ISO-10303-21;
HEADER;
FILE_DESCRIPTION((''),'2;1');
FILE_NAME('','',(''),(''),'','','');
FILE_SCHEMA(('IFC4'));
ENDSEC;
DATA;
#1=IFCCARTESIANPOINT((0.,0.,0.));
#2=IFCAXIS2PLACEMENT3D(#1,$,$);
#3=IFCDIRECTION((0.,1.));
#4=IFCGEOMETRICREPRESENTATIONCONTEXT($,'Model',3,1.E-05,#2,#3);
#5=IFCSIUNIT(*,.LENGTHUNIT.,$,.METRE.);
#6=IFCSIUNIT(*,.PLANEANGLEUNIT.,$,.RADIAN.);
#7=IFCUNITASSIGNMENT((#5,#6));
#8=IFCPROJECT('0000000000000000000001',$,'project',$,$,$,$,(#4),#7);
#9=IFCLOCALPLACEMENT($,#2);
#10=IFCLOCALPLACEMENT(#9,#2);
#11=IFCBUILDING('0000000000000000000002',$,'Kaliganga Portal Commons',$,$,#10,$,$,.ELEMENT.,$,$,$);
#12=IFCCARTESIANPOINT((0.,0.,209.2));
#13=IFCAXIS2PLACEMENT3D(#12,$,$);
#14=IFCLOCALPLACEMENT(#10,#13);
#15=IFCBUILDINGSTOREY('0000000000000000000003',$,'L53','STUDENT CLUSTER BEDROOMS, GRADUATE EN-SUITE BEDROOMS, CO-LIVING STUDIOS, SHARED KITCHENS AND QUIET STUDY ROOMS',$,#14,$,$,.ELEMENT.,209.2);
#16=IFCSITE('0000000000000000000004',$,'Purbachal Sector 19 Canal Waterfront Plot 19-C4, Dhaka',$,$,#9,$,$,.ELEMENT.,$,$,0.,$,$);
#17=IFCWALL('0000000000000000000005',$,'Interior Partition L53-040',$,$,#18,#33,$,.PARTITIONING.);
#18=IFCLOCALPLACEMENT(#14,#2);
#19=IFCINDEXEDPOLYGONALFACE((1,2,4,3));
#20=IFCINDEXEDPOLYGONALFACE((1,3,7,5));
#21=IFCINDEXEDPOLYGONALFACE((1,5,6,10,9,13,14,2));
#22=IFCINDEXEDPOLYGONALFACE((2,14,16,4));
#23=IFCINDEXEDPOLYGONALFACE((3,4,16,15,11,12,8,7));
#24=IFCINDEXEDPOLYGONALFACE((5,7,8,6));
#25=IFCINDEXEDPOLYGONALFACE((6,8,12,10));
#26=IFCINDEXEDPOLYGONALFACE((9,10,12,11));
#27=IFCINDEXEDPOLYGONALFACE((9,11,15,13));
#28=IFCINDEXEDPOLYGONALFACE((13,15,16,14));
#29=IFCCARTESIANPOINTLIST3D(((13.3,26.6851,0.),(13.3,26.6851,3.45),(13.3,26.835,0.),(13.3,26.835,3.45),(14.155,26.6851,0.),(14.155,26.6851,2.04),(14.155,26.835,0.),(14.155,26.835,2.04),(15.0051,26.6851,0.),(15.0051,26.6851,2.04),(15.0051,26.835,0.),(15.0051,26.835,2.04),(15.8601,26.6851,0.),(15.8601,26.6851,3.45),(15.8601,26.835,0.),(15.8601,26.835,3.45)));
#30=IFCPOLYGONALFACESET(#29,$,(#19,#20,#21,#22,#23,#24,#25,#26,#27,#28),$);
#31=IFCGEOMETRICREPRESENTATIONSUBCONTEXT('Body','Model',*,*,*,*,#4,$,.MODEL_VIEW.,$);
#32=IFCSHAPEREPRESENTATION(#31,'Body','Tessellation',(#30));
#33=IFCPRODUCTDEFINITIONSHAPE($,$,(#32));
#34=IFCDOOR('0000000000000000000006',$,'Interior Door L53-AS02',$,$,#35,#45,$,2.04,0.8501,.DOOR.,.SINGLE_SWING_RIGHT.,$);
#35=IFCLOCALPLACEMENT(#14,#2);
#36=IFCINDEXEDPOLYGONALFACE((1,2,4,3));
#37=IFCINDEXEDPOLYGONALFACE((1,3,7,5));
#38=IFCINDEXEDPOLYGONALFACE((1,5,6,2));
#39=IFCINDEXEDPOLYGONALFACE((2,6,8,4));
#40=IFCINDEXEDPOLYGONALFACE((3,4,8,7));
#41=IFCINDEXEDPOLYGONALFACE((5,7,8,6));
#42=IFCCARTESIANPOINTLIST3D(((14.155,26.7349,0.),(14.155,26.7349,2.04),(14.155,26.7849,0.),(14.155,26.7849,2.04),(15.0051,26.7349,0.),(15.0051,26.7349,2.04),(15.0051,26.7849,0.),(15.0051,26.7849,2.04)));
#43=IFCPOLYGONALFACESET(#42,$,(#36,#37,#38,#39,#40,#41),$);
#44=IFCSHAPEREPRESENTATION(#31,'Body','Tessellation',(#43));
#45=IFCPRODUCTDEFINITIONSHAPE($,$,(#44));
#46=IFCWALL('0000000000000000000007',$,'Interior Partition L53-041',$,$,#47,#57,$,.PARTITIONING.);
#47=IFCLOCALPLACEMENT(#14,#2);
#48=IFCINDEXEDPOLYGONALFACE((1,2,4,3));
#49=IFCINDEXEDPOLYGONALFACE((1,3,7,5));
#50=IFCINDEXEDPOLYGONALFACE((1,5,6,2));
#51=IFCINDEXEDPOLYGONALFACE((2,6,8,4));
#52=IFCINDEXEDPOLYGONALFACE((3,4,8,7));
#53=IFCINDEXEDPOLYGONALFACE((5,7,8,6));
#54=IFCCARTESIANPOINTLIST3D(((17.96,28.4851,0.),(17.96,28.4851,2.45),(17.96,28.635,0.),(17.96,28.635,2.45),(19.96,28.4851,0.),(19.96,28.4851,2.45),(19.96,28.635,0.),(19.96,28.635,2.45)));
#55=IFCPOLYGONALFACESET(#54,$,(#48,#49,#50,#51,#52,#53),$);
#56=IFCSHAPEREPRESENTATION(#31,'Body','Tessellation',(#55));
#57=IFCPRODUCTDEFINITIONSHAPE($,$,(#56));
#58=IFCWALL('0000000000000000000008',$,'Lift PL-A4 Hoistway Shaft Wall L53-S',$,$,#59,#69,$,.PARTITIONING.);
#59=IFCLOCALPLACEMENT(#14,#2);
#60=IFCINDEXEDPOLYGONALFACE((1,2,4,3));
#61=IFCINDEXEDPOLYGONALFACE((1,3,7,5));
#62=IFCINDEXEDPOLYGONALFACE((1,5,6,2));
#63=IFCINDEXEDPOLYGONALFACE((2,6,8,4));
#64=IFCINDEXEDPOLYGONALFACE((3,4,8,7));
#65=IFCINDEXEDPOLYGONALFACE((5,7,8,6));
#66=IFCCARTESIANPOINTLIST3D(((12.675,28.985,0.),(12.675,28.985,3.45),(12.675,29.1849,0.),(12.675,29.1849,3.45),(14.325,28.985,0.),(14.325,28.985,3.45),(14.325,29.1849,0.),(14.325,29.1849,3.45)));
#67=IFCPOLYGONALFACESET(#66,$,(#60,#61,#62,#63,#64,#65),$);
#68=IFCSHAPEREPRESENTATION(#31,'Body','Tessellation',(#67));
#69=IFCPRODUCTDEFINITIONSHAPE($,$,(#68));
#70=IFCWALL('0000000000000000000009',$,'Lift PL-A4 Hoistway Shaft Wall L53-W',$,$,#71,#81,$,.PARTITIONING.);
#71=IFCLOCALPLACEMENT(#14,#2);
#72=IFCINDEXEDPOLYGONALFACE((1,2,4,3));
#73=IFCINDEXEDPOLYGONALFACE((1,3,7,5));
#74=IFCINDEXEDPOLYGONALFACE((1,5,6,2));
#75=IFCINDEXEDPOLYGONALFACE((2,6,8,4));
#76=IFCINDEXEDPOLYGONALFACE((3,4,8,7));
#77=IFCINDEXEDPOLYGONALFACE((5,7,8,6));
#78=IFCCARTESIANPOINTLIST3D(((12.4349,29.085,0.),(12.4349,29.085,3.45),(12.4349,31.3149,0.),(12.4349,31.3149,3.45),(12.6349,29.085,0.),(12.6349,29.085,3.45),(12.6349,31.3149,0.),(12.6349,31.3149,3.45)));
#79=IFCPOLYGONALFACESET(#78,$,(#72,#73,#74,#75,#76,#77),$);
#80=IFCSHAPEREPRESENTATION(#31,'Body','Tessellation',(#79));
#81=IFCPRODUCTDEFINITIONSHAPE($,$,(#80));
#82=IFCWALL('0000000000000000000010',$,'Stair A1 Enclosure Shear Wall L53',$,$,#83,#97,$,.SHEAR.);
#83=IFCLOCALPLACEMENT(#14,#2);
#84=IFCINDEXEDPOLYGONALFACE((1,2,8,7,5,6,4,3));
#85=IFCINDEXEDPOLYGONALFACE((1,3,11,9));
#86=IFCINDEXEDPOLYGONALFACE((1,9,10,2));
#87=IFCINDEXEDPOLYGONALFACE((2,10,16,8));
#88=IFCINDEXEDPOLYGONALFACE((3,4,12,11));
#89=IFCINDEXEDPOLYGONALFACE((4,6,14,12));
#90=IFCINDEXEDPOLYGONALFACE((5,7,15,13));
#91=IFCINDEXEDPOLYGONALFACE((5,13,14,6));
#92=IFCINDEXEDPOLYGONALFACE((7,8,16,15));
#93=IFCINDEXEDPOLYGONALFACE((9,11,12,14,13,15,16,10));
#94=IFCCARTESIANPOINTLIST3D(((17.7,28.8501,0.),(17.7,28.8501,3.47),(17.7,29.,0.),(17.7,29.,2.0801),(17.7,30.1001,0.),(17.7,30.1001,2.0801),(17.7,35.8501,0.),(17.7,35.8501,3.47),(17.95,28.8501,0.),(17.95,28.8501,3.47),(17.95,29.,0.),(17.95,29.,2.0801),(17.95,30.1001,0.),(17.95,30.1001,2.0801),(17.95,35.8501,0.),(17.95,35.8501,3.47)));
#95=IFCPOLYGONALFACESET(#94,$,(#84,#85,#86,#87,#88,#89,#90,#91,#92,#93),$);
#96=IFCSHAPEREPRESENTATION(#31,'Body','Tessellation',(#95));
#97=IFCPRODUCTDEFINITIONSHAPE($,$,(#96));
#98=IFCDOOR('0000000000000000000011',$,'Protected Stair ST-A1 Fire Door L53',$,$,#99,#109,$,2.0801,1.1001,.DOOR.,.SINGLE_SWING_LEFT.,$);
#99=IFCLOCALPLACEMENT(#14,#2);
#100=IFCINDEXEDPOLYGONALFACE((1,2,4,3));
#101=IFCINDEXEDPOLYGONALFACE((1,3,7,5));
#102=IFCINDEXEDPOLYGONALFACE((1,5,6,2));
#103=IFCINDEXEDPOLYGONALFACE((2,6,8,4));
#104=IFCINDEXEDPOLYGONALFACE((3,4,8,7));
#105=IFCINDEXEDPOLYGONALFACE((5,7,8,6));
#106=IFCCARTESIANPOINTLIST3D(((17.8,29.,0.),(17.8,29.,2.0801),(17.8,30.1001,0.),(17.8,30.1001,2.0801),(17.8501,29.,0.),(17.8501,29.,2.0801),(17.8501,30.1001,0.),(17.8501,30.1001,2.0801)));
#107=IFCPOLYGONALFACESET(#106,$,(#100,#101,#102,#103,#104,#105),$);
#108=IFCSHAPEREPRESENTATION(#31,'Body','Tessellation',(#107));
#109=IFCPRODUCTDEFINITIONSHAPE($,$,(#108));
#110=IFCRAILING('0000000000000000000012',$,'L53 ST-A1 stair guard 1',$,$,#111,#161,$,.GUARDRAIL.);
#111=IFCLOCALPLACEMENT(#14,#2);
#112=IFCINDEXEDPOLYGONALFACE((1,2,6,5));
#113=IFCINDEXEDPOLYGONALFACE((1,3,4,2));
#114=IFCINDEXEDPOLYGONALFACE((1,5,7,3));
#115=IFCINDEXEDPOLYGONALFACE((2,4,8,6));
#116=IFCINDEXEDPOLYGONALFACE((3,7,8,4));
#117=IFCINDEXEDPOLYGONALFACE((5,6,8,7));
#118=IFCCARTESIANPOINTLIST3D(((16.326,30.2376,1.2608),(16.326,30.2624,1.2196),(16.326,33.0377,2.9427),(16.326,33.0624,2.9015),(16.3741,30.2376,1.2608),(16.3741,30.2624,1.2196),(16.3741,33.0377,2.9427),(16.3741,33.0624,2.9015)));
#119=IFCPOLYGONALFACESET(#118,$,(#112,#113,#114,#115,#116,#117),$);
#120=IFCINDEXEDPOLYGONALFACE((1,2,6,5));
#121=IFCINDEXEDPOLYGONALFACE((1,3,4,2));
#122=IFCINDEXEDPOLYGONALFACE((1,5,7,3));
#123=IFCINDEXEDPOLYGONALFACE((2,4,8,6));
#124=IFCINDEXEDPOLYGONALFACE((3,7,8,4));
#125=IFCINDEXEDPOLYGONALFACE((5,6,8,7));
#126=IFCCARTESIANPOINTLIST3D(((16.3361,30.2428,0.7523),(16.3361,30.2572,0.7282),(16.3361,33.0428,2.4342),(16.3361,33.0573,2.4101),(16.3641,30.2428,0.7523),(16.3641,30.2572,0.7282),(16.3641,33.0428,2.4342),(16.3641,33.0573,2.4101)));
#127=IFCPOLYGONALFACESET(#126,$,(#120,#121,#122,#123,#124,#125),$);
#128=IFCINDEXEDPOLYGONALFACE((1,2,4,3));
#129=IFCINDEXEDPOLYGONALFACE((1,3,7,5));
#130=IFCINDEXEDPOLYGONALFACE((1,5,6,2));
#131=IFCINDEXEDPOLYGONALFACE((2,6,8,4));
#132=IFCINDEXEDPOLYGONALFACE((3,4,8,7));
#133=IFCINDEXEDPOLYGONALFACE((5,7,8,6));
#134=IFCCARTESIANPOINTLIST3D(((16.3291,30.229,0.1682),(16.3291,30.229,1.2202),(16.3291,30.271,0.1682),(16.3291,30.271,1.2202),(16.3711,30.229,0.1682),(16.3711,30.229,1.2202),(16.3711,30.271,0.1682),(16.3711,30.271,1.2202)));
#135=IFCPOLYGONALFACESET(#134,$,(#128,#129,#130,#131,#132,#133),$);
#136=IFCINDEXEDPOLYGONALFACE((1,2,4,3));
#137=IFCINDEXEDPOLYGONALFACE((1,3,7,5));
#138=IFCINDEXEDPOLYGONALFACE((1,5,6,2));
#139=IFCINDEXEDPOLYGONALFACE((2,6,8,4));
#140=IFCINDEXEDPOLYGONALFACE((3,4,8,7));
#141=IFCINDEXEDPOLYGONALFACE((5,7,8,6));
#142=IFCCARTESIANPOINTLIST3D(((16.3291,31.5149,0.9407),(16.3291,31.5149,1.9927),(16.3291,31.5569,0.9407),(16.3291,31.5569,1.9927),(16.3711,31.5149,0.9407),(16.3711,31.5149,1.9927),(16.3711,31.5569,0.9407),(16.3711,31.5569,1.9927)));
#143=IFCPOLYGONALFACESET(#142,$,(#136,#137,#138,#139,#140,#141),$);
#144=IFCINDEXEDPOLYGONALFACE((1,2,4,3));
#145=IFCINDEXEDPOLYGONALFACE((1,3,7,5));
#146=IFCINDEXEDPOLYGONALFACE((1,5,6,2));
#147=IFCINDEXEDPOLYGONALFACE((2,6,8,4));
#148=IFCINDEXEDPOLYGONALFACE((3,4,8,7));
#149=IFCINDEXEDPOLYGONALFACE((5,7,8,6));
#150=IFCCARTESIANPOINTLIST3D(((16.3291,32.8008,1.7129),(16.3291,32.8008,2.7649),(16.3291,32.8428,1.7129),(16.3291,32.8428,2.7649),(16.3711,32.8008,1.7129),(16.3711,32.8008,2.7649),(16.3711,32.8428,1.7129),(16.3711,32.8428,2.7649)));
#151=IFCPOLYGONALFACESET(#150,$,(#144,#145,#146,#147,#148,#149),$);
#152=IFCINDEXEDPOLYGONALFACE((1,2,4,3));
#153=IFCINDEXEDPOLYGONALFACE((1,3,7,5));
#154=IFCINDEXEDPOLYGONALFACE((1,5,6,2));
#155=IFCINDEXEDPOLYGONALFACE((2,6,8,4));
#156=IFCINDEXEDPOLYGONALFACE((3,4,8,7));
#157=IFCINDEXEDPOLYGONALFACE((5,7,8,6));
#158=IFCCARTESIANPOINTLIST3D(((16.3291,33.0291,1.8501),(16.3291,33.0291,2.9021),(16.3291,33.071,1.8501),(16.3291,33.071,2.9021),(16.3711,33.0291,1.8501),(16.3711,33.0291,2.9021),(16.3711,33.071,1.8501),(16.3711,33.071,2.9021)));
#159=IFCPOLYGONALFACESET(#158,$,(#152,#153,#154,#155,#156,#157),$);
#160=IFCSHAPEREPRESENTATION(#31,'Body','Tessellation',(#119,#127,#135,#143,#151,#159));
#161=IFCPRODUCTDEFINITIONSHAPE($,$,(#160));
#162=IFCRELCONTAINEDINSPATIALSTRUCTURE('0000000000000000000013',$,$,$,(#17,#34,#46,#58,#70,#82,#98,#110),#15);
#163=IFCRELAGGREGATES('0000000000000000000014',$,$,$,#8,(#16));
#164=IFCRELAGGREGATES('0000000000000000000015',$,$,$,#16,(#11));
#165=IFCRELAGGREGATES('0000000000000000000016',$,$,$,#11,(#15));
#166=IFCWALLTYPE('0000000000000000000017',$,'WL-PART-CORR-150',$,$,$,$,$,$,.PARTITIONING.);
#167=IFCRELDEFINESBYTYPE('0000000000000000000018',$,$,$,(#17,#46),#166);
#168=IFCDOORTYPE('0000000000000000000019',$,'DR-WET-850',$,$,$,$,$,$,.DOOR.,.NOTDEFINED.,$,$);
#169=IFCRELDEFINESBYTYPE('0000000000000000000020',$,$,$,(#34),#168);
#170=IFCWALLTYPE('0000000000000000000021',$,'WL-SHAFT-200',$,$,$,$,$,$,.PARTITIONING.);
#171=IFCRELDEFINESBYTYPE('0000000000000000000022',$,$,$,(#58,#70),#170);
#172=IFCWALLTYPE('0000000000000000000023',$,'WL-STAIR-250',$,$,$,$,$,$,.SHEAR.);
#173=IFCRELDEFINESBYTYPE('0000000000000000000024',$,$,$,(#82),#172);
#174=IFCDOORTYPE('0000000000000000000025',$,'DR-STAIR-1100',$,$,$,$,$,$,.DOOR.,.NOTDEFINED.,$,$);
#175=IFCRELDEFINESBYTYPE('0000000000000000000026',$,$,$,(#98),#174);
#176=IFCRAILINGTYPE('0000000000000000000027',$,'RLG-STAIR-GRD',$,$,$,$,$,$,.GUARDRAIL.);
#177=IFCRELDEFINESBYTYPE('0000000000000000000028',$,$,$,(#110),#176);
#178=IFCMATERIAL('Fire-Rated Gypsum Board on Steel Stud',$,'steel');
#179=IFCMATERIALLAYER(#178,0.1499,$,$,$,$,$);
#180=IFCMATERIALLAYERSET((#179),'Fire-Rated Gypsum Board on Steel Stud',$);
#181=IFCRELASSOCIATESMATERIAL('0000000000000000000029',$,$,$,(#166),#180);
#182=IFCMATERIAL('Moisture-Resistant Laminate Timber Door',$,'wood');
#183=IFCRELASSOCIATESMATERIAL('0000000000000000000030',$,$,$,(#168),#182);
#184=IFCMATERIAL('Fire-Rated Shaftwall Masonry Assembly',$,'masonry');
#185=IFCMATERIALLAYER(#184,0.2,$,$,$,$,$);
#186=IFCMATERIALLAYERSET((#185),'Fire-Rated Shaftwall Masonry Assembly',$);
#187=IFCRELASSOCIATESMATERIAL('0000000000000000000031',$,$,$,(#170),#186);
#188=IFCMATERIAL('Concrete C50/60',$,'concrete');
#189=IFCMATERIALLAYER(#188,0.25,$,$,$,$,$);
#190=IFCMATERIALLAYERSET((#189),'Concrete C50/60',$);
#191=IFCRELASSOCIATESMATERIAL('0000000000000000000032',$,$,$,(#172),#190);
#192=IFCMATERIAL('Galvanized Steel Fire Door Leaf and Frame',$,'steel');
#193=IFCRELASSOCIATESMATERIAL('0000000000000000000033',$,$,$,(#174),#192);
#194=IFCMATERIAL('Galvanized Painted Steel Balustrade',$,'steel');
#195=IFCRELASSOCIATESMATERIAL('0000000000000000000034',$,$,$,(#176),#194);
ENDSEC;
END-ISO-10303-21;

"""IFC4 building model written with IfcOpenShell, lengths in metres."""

from ifc_helpers import new_model, si_unit, direction, frame, frame_2d, origin, origin_2d, place, context, subcontext, project, spatial, rectangle, extrude, material, layer, layer_set, type_object, element, fill, save


model = new_model("IFC4")

# Units and contexts
model_context = context("Model", 3, precision=1e-05, world=origin(), true_north=direction((0.0, 1.0)))
body_context = subcontext(model_context, "Body", "Model", "MODEL_VIEW")
ifc_project = project(units=[si_unit("LENGTHUNIT", "METRE"), si_unit("PLANEANGLEUNIT", "RADIAN")], contexts=[model_context])

# Site, building, storey
site_placement = place(None, origin())
site = spatial("IfcSite", under=ifc_project, at=site_placement, Name="Purbachal Sector 19 Canal Waterfront Plot 19-C4, Dhaka", CompositionType="ELEMENT", RefElevation=0.0)
building_placement = place(site_placement, origin())
building = spatial("IfcBuilding", under=site, at=building_placement, Name="Kaliganga Portal Commons", CompositionType="ELEMENT")
storey_placement = place(building_placement, frame((0.0, 0.0, 209.2)))
storey = spatial("IfcBuildingStorey", under=building, at=storey_placement, Name="L53", Description="STUDENT CLUSTER BEDROOMS, GRADUATE EN-SUITE BEDROOMS, CO-LIVING STUDIOS, SHARED KITCHENS AND QUIET STUDY ROOMS", CompositionType="ELEMENT", Elevation=209.2)

# Shared definitions
ifc_material_1 = material(Name="Concrete C50/60", Category="concrete")

# Wall, opening, door
ifc_material_2 = material(Name="Fire-Rated Gypsum Board on Steel Stud", Category="steel")
ifc_layer_1 = layer(ifc_material_2, 0.1499)
ifc_layer_set_1 = layer_set([ifc_layer_1], Name="Fire-Rated Gypsum Board on Steel Stud")
wall_type_1 = type_object("IfcWallType", Name="WL-PART-CORR-150", PredefinedType="PARTITIONING", material=ifc_layer_set_1)
wall_1_placement = place(storey_placement, frame((13.3, 26.76, 0.0), z_axis=(0.0, 0.0, 1.0), x_axis=(1.0, 0.0, 0.0)))
wall_1 = element("IfcWall", 1, at=wall_1_placement, inside=storey, type_object=wall_type_1, Name="Interior Partition L53-040", PredefinedType="PARTITIONING", context=body_context, shape_type="SweptSolid", body=[
    extrude(rectangle(XDim=2.5601, YDim=0.1499, at=frame_2d((1.28, 0.0))), origin(), (0.0, 0.0, 1.0), 3.45),
])
opening_1_placement = place(wall_1_placement, frame((0.855, 0.0, 0.0)))
opening_1 = element("IfcOpeningElement", 2, at=opening_1_placement, cuts=wall_1, PredefinedType="OPENING", context=body_context, shape_type="SweptSolid", body=[
    extrude(rectangle(XDim=0.8501, YDim=2.04, at=frame_2d((0.425, 1.02))), frame((0.0, 0.085, 0.0), z_axis=(0.0, -1.0, 0.0), x_axis=(1.0, 0.0, 0.0)), (0.0, 0.0, 1.0), 0.1699),
])
ifc_material_3 = material(Name="Moisture-Resistant Laminate Timber Door", Category="wood")
door_type_1 = type_object("IfcDoorType", Name="DR-WET-850", OperationType="NOTDEFINED", PredefinedType="DOOR", material=ifc_material_3)
door_1_placement = place(opening_1_placement, origin())
door_1 = element("IfcDoor", 3, at=door_1_placement, inside=storey, type_object=door_type_1, Name="Interior Door L53-AS02", OperationType="SINGLE_SWING_RIGHT", OverallHeight=2.04, OverallWidth=0.8501, PredefinedType="DOOR", context=body_context, shape_type="SweptSolid", body=[
    extrude(rectangle(XDim=0.8501, YDim=2.04, at=frame_2d((0.425, 1.02))), frame((0.0, 0.0249, 0.0), z_axis=(0.0, -1.0, 0.0), x_axis=(1.0, 0.0, 0.0)), (0.0, 0.0, 1.0), 0.05),
])
fill(opening_1, door_1)

# Walls
wall_2_placement = place(storey_placement, frame((17.96, 28.5601, 0.0), z_axis=(0.0, 0.0, 1.0), x_axis=(1.0, 0.0, 0.0)))
element("IfcWall", 4, at=wall_2_placement, inside=storey, type_object=wall_type_1, Name="Interior Partition L53-041", PredefinedType="PARTITIONING", context=body_context, shape_type="SweptSolid", body=[
    extrude(rectangle(XDim=2.0, YDim=0.1499, at=frame_2d((1.0, 0.0))), origin(), (0.0, 0.0, 1.0), 2.45),
])
ifc_material_4 = material(Name="Fire-Rated Shaftwall Masonry Assembly", Category="masonry")
ifc_layer_2 = layer(ifc_material_4, 0.2)
ifc_layer_set_2 = layer_set([ifc_layer_2], Name="Fire-Rated Shaftwall Masonry Assembly")
wall_type_2 = type_object("IfcWallType", Name="WL-SHAFT-200", PredefinedType="PARTITIONING", material=ifc_layer_set_2)
wall_3_placement = place(storey_placement, frame((12.675, 29.085, 0.0), z_axis=(0.0, 0.0, 1.0), x_axis=(1.0, 0.0, 0.0)))
element("IfcWall", 5, at=wall_3_placement, inside=storey, type_object=wall_type_2, Name="Lift PL-A4 Hoistway Shaft Wall L53-S", PredefinedType="PARTITIONING", context=body_context, shape_type="SweptSolid", body=[
    extrude(rectangle(XDim=1.6499, YDim=0.2, at=frame_2d((0.825, 0.0))), origin(), (0.0, 0.0, 1.0), 3.45),
])
wall_4_placement = place(storey_placement, frame((12.5349, 29.085, 0.0), z_axis=(0.0, 0.0, 1.0), x_axis=(0.0, 1.0, 0.0)))
element("IfcWall", 6, at=wall_4_placement, inside=storey, type_object=wall_type_2, Name="Lift PL-A4 Hoistway Shaft Wall L53-W", PredefinedType="PARTITIONING", context=body_context, shape_type="SweptSolid", body=[
    extrude(rectangle(XDim=2.23, YDim=0.2, at=frame_2d((1.115, 0.0))), origin(), (0.0, 0.0, 1.0), 3.45),
])

# Wall, opening, door
ifc_layer_3 = layer(ifc_material_1, 0.25)
ifc_layer_set_3 = layer_set([ifc_layer_3], Name="Concrete C50/60")
wall_type_3 = type_object("IfcWallType", Name="WL-STAIR-250", PredefinedType="SHEAR", material=ifc_layer_set_3)
wall_5_placement = place(storey_placement, frame((17.825, 28.8501, 0.0), z_axis=(0.0, 0.0, 1.0), x_axis=(0.0, 1.0, 0.0)))
wall_5 = element("IfcWall", 7, at=wall_5_placement, inside=storey, type_object=wall_type_3, Name="Stair A1 Enclosure Shear Wall L53", PredefinedType="SHEAR", context=body_context, shape_type="SweptSolid", body=[
    extrude(rectangle(XDim=7.0, YDim=0.25, at=frame_2d((3.5, 0.0))), origin(), (0.0, 0.0, 1.0), 3.47),
])
opening_2_placement = place(wall_5_placement, frame((0.1499, 0.0, 0.0)))
opening_2 = element("IfcOpeningElement", 8, at=opening_2_placement, cuts=wall_5, PredefinedType="OPENING", context=body_context, shape_type="SweptSolid", body=[
    extrude(rectangle(XDim=1.1001, YDim=2.0801, at=frame_2d((0.55, 1.04))), frame((0.0, 0.135, 0.0), z_axis=(0.0, -1.0, 0.0), x_axis=(1.0, 0.0, 0.0)), (0.0, 0.0, 1.0), 0.27),
])
ifc_material_5 = material(Name="Galvanized Steel Fire Door Leaf and Frame", Category="steel")
door_type_2 = type_object("IfcDoorType", Name="DR-STAIR-1100", OperationType="NOTDEFINED", PredefinedType="DOOR", material=ifc_material_5)
door_2_placement = place(opening_2_placement, origin())
door_2 = element("IfcDoor", 9, at=door_2_placement, inside=storey, type_object=door_type_2, Name="Protected Stair ST-A1 Fire Door L53", OperationType="SINGLE_SWING_LEFT", OverallHeight=2.0801, OverallWidth=1.1001, PredefinedType="DOOR", context=body_context, shape_type="SweptSolid", body=[
    extrude(rectangle(XDim=1.1001, YDim=2.0801, at=frame_2d((0.55, 1.04))), frame((0.0, 0.0249, 0.0), z_axis=(0.0, -1.0, 0.0), x_axis=(1.0, 0.0, 0.0)), (0.0, 0.0, 1.0), 0.05),
])
fill(opening_2, door_2)

# Railing
ifc_material_6 = material(Name="Galvanized Painted Steel Balustrade", Category="steel")
railing_type = type_object("IfcRailingType", Name="RLG-STAIR-GRD", PredefinedType="GUARDRAIL", material=ifc_material_6)
railing_1_placement = place(storey_placement, frame((16.3501, 30.25, 0.1682)))
element("IfcRailing", 10, at=railing_1_placement, inside=storey, type_object=railing_type, Name="L53 ST-A1 stair guard 1", PredefinedType="GUARDRAIL", context=body_context, shape_type="SweptSolid", body=[
    extrude(rectangle(XDim=0.0481, YDim=0.0481, at=origin_2d()), frame((0.0, 0.0, 1.072), z_axis=(0.0, 0.857242, 0.514913), x_axis=(-1.0, 0.0, 0.0)), (0.0, 0.0, 1.0), 3.2664),
    extrude(rectangle(XDim=0.0281, YDim=0.0281, at=origin_2d()), frame((0.0, 0.0, 0.572), z_axis=(0.0, 0.857242, 0.514913), x_axis=(-1.0, 0.0, 0.0)), (0.0, 0.0, 1.0), 3.2664),
    extrude(rectangle(XDim=0.042, YDim=0.042, at=origin_2d()), origin(), (0.0, 0.0, 1.0), 1.052),
    extrude(rectangle(XDim=0.042, YDim=0.042, at=origin_2d()), frame((0.0, 1.2859, 0.7725)), (0.0, 0.0, 1.0), 1.052),
    extrude(rectangle(XDim=0.042, YDim=0.042, at=origin_2d()), frame((0.0, 2.5718, 1.5447)), (0.0, 0.0, 1.0), 1.052),
    extrude(rectangle(XDim=0.042, YDim=0.042, at=origin_2d()), frame((0.0, 2.8, 1.6819)), (0.0, 0.0, 1.0), 1.052),
])

save(model, "model.ifc")
